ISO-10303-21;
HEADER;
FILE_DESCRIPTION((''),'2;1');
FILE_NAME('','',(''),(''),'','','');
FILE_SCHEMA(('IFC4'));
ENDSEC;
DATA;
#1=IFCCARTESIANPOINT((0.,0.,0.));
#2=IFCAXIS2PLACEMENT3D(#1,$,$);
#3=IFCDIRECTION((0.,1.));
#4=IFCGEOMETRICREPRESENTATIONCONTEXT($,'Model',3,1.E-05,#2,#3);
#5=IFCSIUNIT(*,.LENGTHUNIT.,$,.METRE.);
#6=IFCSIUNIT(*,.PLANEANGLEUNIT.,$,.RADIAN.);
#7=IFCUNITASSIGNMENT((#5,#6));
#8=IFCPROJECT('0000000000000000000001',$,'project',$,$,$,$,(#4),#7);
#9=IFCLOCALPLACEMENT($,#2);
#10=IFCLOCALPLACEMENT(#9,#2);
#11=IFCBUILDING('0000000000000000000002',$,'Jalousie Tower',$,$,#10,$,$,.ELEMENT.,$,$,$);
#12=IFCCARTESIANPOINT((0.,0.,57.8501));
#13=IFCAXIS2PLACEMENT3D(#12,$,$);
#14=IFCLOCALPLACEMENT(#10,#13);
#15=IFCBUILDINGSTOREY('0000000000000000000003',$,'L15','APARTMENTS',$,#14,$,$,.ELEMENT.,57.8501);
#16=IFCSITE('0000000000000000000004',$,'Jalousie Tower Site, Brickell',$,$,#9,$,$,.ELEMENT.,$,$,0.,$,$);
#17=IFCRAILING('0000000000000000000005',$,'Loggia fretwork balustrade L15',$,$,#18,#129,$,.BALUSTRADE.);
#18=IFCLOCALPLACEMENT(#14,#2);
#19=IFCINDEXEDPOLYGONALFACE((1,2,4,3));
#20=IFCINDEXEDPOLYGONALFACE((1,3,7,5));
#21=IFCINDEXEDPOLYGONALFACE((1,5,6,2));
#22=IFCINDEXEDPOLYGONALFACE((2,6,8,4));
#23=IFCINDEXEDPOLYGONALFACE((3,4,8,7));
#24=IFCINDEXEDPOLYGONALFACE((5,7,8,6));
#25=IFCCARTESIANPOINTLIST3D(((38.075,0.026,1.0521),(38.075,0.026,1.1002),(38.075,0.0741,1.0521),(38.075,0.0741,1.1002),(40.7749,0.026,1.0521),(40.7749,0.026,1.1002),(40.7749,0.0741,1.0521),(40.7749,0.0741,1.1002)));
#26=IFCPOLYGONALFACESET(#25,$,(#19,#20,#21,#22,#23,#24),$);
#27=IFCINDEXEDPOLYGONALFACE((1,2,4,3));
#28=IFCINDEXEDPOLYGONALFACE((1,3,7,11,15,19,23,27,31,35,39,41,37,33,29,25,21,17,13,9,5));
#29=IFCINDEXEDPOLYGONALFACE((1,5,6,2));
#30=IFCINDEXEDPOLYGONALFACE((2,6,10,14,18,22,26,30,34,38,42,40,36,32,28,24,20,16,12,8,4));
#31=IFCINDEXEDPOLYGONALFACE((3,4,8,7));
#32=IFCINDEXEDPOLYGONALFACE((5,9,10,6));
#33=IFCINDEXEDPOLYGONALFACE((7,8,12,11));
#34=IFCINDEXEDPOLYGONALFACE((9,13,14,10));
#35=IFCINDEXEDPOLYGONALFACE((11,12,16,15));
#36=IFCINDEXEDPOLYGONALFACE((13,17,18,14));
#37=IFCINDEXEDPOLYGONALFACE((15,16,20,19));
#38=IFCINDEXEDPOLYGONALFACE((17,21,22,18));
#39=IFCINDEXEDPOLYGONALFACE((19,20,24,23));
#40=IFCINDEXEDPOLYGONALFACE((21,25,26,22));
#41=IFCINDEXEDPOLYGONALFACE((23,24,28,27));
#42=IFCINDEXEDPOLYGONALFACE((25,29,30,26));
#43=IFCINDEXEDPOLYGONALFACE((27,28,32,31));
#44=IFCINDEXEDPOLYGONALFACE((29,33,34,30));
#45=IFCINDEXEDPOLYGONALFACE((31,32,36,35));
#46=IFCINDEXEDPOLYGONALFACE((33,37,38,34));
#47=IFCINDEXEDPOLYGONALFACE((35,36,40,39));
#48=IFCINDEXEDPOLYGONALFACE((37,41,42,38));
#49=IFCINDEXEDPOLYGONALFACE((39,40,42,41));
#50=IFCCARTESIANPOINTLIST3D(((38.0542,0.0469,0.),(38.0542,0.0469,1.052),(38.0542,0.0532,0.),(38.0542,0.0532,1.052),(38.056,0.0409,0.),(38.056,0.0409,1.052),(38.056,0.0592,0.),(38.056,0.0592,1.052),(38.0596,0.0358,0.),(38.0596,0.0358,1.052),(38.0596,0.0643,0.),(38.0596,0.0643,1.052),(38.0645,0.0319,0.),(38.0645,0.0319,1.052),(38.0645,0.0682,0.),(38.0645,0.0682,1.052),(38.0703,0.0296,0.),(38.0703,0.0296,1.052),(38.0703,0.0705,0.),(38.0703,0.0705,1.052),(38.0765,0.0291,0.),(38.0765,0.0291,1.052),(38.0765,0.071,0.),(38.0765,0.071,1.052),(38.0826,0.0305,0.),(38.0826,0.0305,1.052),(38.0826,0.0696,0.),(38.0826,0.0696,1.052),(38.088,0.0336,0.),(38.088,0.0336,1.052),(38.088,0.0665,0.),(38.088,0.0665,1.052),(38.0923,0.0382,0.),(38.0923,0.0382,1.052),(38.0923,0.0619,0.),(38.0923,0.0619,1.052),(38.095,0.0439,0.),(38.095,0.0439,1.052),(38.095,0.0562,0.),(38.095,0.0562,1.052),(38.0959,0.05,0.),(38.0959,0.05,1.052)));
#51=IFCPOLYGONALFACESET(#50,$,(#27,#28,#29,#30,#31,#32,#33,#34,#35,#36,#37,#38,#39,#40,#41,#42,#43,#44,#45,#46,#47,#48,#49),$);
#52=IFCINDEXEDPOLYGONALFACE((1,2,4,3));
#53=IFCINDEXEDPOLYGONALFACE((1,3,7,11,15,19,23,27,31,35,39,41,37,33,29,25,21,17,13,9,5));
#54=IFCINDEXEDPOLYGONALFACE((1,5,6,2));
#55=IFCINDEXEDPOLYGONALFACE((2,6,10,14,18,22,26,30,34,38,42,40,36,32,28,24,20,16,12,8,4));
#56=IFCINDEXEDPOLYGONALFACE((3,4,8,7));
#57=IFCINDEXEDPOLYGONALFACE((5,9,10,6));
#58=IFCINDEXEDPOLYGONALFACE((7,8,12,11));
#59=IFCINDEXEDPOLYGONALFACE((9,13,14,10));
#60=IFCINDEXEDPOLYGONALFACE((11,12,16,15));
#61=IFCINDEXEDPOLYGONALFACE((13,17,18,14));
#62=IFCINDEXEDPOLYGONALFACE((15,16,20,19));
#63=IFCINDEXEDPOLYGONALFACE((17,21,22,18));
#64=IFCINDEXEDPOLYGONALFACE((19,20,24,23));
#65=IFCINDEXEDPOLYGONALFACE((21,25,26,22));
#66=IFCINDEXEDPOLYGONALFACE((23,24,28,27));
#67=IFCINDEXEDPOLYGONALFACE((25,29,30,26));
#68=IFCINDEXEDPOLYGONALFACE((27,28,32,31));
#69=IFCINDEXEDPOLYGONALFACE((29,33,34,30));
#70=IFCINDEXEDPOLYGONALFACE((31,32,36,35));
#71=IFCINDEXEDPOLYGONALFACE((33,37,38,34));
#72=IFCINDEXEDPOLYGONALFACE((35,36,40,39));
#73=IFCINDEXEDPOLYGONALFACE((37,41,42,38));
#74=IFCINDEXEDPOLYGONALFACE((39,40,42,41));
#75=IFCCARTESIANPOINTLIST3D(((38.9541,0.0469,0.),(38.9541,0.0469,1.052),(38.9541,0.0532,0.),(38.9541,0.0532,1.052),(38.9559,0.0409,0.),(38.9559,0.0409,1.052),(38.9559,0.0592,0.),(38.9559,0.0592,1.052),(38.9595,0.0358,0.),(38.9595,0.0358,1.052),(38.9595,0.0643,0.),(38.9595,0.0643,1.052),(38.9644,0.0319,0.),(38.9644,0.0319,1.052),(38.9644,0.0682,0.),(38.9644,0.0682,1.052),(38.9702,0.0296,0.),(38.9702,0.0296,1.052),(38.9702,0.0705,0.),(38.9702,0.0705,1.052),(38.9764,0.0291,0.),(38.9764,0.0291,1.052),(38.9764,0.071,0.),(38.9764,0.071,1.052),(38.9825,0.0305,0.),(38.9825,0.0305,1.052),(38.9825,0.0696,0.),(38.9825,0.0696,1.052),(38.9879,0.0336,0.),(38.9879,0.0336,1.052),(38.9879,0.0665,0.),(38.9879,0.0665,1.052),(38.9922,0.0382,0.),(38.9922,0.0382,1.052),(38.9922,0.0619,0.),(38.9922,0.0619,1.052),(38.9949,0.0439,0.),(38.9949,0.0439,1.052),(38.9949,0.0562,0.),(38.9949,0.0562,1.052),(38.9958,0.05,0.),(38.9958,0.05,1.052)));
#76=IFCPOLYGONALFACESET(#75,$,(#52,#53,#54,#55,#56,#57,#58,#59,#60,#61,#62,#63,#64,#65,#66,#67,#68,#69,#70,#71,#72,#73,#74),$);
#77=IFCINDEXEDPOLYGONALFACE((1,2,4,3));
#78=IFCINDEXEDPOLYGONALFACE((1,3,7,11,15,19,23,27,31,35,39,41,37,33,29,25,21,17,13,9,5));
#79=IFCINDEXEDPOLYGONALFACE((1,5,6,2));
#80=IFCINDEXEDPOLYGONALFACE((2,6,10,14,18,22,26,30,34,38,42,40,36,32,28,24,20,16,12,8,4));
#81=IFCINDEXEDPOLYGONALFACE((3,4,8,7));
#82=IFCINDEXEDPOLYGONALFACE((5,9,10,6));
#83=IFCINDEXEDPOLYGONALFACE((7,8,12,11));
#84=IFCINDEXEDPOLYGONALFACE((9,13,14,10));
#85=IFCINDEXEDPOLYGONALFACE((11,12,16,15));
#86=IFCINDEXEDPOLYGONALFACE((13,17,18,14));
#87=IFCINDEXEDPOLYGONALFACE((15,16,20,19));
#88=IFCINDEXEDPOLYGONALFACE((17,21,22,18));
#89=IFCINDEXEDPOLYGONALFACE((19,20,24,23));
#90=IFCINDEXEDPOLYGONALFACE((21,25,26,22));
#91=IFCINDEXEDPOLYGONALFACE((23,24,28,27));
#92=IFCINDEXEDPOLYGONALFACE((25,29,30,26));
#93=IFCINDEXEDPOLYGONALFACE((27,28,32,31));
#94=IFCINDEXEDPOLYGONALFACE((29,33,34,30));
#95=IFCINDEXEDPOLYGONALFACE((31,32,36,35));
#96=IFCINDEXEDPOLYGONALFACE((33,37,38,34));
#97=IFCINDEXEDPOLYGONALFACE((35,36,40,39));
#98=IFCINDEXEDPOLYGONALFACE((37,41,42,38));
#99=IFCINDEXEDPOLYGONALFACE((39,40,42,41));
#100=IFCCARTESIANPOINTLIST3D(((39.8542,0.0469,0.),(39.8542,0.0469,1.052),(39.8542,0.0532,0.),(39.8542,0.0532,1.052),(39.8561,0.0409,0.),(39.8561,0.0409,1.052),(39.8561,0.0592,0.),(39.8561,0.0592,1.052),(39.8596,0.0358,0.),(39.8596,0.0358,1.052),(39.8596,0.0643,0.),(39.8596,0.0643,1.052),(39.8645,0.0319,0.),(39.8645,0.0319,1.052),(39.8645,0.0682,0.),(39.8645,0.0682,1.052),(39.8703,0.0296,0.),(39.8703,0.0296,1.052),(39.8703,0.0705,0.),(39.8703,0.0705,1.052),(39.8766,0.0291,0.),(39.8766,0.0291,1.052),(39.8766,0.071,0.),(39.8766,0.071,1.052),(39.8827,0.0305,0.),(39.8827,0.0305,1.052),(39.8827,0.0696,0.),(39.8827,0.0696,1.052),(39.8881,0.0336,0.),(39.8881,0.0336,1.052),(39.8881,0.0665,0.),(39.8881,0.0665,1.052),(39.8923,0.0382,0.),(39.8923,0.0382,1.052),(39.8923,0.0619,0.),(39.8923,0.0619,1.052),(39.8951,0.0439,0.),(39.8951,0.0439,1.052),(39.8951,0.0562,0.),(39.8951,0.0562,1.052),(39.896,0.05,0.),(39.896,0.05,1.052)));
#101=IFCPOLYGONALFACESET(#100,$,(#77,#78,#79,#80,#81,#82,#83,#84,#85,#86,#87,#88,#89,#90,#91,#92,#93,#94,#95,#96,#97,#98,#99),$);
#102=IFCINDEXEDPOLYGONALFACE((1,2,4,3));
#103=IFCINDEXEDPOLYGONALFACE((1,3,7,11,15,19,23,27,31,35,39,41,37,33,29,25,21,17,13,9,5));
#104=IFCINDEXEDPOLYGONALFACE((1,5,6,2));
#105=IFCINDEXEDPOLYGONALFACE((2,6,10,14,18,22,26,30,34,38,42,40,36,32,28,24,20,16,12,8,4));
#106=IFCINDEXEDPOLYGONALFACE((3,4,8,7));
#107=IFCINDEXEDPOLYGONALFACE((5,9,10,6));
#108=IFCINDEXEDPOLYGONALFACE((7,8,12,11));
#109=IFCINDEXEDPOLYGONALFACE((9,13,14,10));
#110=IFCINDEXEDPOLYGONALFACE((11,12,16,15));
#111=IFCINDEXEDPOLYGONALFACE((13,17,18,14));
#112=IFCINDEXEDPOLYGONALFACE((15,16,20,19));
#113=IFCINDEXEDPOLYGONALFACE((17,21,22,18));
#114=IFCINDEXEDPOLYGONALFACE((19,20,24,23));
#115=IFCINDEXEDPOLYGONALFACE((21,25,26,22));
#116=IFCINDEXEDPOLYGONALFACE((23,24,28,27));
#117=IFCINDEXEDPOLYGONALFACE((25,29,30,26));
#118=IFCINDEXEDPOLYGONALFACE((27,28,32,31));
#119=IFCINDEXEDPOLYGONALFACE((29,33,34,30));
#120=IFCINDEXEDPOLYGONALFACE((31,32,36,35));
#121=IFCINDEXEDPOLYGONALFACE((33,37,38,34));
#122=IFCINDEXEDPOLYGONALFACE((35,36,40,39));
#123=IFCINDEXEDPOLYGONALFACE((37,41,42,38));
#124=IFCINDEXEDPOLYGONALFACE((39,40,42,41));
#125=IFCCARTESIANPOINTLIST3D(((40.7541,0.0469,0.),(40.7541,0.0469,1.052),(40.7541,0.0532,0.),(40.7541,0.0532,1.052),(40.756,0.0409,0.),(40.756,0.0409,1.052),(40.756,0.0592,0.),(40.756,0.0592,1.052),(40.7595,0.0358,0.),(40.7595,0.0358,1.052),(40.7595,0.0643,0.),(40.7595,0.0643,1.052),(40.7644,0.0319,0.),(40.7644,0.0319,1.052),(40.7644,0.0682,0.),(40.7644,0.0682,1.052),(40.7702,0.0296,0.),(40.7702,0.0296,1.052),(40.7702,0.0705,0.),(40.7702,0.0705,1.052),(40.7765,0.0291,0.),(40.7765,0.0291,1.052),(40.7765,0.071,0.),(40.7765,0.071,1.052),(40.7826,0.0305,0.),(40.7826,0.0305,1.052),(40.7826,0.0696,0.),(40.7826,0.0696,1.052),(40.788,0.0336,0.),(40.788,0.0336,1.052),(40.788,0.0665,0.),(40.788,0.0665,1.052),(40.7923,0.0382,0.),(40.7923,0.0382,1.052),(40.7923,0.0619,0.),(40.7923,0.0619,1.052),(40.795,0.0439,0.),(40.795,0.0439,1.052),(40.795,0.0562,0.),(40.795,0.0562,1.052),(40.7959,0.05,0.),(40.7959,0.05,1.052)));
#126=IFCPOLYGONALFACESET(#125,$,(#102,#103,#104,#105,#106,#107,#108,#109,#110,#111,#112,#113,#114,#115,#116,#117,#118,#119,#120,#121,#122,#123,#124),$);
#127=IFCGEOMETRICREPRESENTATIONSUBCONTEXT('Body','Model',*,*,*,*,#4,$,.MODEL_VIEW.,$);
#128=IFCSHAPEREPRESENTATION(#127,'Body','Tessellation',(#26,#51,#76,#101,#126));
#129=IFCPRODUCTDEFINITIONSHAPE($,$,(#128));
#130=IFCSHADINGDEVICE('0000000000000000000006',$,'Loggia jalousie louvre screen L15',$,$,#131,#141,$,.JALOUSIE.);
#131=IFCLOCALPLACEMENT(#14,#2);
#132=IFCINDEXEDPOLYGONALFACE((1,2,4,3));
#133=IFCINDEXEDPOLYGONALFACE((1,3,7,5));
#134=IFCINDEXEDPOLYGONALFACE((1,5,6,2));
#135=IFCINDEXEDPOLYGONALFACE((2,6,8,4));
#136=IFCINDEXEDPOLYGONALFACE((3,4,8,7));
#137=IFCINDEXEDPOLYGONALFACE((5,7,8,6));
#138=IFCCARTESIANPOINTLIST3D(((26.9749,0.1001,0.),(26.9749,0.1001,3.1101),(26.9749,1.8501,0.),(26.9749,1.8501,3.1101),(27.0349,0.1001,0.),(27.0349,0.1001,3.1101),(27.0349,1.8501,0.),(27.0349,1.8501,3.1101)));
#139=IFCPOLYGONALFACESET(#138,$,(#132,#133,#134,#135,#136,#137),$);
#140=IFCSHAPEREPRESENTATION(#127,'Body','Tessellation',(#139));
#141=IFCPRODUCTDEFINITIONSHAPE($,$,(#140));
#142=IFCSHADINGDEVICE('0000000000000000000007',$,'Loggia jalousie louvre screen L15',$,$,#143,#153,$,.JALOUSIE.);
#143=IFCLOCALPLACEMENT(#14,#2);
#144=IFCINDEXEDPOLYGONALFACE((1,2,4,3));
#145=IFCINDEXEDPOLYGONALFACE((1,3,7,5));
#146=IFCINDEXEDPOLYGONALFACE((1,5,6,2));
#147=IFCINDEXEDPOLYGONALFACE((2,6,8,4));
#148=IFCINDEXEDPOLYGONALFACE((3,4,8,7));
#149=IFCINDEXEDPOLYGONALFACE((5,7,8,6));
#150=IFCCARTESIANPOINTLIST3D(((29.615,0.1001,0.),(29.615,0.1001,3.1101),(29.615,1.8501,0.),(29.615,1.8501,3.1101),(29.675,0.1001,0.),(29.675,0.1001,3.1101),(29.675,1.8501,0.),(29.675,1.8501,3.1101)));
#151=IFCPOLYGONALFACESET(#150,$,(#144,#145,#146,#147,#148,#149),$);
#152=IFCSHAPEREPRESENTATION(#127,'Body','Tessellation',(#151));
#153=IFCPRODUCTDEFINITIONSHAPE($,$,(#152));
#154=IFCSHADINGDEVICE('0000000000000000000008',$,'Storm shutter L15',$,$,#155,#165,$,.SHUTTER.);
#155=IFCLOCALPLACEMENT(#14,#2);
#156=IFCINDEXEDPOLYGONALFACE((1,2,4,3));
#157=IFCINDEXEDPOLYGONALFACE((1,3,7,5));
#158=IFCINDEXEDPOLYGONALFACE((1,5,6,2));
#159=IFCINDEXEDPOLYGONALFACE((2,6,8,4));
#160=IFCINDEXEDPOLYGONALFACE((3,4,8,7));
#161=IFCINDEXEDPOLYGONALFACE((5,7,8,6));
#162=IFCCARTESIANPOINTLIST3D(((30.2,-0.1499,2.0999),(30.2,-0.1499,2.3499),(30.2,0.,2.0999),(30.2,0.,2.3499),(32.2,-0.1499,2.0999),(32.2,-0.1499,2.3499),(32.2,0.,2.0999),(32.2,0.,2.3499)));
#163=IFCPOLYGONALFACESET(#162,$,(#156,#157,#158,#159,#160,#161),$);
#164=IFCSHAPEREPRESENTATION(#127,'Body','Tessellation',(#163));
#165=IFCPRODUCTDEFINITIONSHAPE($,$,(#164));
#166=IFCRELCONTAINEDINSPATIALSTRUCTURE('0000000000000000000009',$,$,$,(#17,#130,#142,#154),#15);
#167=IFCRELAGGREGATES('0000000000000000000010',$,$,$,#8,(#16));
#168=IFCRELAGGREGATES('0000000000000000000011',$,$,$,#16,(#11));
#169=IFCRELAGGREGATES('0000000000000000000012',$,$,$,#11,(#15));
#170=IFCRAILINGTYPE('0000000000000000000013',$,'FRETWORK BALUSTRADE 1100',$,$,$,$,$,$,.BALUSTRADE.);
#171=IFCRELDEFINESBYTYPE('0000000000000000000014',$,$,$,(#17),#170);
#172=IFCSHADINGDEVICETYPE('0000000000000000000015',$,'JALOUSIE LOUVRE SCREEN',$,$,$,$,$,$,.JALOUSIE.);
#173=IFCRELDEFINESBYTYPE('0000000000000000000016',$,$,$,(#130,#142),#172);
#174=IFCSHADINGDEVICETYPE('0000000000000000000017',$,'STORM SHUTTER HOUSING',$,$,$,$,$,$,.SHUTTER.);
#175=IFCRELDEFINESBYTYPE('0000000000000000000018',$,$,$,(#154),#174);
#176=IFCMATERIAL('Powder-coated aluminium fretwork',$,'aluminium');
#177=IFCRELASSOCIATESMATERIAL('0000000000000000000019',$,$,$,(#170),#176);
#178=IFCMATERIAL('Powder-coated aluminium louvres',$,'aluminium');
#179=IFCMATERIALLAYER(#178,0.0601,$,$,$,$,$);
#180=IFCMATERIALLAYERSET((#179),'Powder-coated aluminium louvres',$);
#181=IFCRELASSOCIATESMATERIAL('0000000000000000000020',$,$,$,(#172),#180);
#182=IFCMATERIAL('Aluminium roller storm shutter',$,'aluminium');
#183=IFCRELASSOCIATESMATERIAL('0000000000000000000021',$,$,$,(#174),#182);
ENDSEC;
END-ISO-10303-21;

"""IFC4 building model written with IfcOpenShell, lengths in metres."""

from ifc_helpers import new_model, si_unit, direction, frame, origin, origin_2d, place, context, subcontext, project, spatial, rectangle, circle, extrude, material, layer, layer_set, type_object, element, save


model = new_model("IFC4")

# Units and contexts
model_context = context("Model", 3, precision=1e-05, world=origin(), true_north=direction((0.0, 1.0)))
body_context = subcontext(model_context, "Body", "Model", "MODEL_VIEW")
ifc_project = project(units=[si_unit("LENGTHUNIT", "METRE"), si_unit("PLANEANGLEUNIT", "RADIAN")], contexts=[model_context])

# Site, building, storey
site_placement = place(None, origin())
site = spatial("IfcSite", under=ifc_project, at=site_placement, Name="Jalousie Tower Site, Brickell", CompositionType="ELEMENT", RefElevation=0.0)
building_placement = place(site_placement, origin())
building = spatial("IfcBuilding", under=site, at=building_placement, Name="Jalousie Tower", CompositionType="ELEMENT")
storey_placement = place(building_placement, frame((0.0, 0.0, 57.8501)))
storey = spatial("IfcBuildingStorey", under=building, at=storey_placement, Name="L15", Description="APARTMENTS", CompositionType="ELEMENT", Elevation=57.8501)

# Railing
ifc_material_1 = material(Name="Powder-coated aluminium fretwork", Category="aluminium")
railing_type = type_object("IfcRailingType", Name="FRETWORK BALUSTRADE 1100", PredefinedType="BALUSTRADE", material=ifc_material_1)
for number, where, name in (
    (1, (38.075, 0.05, 0.0), "Loggia fretwork balustrade L15"),
):
    element("IfcRailing", number, at=place(storey_placement, frame(where)), inside=storey, type_object=railing_type, Name=name, PredefinedType="BALUSTRADE", context=body_context, shape_type="SweptSolid", body=[
        extrude(rectangle(XDim=0.0481, YDim=0.0481, at=origin_2d()), frame((0.0, 0.0, 1.0762), z_axis=(1.0, 0.0, 0.0), x_axis=(0.0, 1.0, 0.0)), (0.0, 0.0, 1.0), 2.7),
        extrude(circle(Radius=0.021, at=origin_2d()), origin(), (0.0, 0.0, 1.0), 1.052),
        extrude(circle(Radius=0.021, at=origin_2d()), frame((0.8999, 0.0, 0.0)), (0.0, 0.0, 1.0), 1.052),
        extrude(circle(Radius=0.021, at=origin_2d()), frame((1.8, 0.0, 0.0)), (0.0, 0.0, 1.0), 1.052),
        extrude(circle(Radius=0.021, at=origin_2d()), frame((2.7, 0.0, 0.0)), (0.0, 0.0, 1.0), 1.052),
    ])

# Shading devices
ifc_material_2 = material(Name="Powder-coated aluminium louvres", Category="aluminium")
ifc_layer_1 = layer(ifc_material_2, 0.0601)
ifc_layer_set_1 = layer_set([ifc_layer_1], Name="Powder-coated aluminium louvres")
shading_device_type_1 = type_object("IfcShadingDeviceType", Name="JALOUSIE LOUVRE SCREEN", PredefinedType="JALOUSIE", material=ifc_layer_set_1)
for number, where, z_axis, x_axis, name in (
    (2, (27.0049, 0.9751, 0.0), (0.0, 0.0, 1.0), (1.0, 0.0, 0.0), "Loggia jalousie louvre screen L15"),
    (3, (29.645, 0.9751, 0.0), (0.0, 0.0, 1.0), (1.0, 0.0, 0.0), "Loggia jalousie louvre screen L15"),
):
    element("IfcShadingDevice", number, at=place(storey_placement, frame(where, z_axis=z_axis, x_axis=x_axis)), inside=storey, type_object=shading_device_type_1, Name=name, PredefinedType="JALOUSIE", context=body_context, shape_type="SweptSolid", body=[
        extrude(rectangle(XDim=0.0601, YDim=1.75, at=origin_2d()), origin(), (0.0, 0.0, 1.0), 3.1101),
    ])
ifc_material_3 = material(Name="Aluminium roller storm shutter", Category="aluminium")
shading_device_type_2 = type_object("IfcShadingDeviceType", Name="STORM SHUTTER HOUSING", PredefinedType="SHUTTER", material=ifc_material_3)
shading_device_placement = place(storey_placement, frame((31.2, -0.075, 2.0999), z_axis=(0.0, 0.0, 1.0), x_axis=(1.0, 0.0, 0.0)))
element("IfcShadingDevice", 4, at=shading_device_placement, inside=storey, type_object=shading_device_type_2, Name="Storm shutter L15", PredefinedType="SHUTTER", context=body_context, shape_type="SweptSolid", body=[
    extrude(rectangle(XDim=2.0, YDim=0.1499, at=origin_2d()), origin(), (0.0, 0.0, 1.0), 0.25),
])

save(model, "model.ifc")
